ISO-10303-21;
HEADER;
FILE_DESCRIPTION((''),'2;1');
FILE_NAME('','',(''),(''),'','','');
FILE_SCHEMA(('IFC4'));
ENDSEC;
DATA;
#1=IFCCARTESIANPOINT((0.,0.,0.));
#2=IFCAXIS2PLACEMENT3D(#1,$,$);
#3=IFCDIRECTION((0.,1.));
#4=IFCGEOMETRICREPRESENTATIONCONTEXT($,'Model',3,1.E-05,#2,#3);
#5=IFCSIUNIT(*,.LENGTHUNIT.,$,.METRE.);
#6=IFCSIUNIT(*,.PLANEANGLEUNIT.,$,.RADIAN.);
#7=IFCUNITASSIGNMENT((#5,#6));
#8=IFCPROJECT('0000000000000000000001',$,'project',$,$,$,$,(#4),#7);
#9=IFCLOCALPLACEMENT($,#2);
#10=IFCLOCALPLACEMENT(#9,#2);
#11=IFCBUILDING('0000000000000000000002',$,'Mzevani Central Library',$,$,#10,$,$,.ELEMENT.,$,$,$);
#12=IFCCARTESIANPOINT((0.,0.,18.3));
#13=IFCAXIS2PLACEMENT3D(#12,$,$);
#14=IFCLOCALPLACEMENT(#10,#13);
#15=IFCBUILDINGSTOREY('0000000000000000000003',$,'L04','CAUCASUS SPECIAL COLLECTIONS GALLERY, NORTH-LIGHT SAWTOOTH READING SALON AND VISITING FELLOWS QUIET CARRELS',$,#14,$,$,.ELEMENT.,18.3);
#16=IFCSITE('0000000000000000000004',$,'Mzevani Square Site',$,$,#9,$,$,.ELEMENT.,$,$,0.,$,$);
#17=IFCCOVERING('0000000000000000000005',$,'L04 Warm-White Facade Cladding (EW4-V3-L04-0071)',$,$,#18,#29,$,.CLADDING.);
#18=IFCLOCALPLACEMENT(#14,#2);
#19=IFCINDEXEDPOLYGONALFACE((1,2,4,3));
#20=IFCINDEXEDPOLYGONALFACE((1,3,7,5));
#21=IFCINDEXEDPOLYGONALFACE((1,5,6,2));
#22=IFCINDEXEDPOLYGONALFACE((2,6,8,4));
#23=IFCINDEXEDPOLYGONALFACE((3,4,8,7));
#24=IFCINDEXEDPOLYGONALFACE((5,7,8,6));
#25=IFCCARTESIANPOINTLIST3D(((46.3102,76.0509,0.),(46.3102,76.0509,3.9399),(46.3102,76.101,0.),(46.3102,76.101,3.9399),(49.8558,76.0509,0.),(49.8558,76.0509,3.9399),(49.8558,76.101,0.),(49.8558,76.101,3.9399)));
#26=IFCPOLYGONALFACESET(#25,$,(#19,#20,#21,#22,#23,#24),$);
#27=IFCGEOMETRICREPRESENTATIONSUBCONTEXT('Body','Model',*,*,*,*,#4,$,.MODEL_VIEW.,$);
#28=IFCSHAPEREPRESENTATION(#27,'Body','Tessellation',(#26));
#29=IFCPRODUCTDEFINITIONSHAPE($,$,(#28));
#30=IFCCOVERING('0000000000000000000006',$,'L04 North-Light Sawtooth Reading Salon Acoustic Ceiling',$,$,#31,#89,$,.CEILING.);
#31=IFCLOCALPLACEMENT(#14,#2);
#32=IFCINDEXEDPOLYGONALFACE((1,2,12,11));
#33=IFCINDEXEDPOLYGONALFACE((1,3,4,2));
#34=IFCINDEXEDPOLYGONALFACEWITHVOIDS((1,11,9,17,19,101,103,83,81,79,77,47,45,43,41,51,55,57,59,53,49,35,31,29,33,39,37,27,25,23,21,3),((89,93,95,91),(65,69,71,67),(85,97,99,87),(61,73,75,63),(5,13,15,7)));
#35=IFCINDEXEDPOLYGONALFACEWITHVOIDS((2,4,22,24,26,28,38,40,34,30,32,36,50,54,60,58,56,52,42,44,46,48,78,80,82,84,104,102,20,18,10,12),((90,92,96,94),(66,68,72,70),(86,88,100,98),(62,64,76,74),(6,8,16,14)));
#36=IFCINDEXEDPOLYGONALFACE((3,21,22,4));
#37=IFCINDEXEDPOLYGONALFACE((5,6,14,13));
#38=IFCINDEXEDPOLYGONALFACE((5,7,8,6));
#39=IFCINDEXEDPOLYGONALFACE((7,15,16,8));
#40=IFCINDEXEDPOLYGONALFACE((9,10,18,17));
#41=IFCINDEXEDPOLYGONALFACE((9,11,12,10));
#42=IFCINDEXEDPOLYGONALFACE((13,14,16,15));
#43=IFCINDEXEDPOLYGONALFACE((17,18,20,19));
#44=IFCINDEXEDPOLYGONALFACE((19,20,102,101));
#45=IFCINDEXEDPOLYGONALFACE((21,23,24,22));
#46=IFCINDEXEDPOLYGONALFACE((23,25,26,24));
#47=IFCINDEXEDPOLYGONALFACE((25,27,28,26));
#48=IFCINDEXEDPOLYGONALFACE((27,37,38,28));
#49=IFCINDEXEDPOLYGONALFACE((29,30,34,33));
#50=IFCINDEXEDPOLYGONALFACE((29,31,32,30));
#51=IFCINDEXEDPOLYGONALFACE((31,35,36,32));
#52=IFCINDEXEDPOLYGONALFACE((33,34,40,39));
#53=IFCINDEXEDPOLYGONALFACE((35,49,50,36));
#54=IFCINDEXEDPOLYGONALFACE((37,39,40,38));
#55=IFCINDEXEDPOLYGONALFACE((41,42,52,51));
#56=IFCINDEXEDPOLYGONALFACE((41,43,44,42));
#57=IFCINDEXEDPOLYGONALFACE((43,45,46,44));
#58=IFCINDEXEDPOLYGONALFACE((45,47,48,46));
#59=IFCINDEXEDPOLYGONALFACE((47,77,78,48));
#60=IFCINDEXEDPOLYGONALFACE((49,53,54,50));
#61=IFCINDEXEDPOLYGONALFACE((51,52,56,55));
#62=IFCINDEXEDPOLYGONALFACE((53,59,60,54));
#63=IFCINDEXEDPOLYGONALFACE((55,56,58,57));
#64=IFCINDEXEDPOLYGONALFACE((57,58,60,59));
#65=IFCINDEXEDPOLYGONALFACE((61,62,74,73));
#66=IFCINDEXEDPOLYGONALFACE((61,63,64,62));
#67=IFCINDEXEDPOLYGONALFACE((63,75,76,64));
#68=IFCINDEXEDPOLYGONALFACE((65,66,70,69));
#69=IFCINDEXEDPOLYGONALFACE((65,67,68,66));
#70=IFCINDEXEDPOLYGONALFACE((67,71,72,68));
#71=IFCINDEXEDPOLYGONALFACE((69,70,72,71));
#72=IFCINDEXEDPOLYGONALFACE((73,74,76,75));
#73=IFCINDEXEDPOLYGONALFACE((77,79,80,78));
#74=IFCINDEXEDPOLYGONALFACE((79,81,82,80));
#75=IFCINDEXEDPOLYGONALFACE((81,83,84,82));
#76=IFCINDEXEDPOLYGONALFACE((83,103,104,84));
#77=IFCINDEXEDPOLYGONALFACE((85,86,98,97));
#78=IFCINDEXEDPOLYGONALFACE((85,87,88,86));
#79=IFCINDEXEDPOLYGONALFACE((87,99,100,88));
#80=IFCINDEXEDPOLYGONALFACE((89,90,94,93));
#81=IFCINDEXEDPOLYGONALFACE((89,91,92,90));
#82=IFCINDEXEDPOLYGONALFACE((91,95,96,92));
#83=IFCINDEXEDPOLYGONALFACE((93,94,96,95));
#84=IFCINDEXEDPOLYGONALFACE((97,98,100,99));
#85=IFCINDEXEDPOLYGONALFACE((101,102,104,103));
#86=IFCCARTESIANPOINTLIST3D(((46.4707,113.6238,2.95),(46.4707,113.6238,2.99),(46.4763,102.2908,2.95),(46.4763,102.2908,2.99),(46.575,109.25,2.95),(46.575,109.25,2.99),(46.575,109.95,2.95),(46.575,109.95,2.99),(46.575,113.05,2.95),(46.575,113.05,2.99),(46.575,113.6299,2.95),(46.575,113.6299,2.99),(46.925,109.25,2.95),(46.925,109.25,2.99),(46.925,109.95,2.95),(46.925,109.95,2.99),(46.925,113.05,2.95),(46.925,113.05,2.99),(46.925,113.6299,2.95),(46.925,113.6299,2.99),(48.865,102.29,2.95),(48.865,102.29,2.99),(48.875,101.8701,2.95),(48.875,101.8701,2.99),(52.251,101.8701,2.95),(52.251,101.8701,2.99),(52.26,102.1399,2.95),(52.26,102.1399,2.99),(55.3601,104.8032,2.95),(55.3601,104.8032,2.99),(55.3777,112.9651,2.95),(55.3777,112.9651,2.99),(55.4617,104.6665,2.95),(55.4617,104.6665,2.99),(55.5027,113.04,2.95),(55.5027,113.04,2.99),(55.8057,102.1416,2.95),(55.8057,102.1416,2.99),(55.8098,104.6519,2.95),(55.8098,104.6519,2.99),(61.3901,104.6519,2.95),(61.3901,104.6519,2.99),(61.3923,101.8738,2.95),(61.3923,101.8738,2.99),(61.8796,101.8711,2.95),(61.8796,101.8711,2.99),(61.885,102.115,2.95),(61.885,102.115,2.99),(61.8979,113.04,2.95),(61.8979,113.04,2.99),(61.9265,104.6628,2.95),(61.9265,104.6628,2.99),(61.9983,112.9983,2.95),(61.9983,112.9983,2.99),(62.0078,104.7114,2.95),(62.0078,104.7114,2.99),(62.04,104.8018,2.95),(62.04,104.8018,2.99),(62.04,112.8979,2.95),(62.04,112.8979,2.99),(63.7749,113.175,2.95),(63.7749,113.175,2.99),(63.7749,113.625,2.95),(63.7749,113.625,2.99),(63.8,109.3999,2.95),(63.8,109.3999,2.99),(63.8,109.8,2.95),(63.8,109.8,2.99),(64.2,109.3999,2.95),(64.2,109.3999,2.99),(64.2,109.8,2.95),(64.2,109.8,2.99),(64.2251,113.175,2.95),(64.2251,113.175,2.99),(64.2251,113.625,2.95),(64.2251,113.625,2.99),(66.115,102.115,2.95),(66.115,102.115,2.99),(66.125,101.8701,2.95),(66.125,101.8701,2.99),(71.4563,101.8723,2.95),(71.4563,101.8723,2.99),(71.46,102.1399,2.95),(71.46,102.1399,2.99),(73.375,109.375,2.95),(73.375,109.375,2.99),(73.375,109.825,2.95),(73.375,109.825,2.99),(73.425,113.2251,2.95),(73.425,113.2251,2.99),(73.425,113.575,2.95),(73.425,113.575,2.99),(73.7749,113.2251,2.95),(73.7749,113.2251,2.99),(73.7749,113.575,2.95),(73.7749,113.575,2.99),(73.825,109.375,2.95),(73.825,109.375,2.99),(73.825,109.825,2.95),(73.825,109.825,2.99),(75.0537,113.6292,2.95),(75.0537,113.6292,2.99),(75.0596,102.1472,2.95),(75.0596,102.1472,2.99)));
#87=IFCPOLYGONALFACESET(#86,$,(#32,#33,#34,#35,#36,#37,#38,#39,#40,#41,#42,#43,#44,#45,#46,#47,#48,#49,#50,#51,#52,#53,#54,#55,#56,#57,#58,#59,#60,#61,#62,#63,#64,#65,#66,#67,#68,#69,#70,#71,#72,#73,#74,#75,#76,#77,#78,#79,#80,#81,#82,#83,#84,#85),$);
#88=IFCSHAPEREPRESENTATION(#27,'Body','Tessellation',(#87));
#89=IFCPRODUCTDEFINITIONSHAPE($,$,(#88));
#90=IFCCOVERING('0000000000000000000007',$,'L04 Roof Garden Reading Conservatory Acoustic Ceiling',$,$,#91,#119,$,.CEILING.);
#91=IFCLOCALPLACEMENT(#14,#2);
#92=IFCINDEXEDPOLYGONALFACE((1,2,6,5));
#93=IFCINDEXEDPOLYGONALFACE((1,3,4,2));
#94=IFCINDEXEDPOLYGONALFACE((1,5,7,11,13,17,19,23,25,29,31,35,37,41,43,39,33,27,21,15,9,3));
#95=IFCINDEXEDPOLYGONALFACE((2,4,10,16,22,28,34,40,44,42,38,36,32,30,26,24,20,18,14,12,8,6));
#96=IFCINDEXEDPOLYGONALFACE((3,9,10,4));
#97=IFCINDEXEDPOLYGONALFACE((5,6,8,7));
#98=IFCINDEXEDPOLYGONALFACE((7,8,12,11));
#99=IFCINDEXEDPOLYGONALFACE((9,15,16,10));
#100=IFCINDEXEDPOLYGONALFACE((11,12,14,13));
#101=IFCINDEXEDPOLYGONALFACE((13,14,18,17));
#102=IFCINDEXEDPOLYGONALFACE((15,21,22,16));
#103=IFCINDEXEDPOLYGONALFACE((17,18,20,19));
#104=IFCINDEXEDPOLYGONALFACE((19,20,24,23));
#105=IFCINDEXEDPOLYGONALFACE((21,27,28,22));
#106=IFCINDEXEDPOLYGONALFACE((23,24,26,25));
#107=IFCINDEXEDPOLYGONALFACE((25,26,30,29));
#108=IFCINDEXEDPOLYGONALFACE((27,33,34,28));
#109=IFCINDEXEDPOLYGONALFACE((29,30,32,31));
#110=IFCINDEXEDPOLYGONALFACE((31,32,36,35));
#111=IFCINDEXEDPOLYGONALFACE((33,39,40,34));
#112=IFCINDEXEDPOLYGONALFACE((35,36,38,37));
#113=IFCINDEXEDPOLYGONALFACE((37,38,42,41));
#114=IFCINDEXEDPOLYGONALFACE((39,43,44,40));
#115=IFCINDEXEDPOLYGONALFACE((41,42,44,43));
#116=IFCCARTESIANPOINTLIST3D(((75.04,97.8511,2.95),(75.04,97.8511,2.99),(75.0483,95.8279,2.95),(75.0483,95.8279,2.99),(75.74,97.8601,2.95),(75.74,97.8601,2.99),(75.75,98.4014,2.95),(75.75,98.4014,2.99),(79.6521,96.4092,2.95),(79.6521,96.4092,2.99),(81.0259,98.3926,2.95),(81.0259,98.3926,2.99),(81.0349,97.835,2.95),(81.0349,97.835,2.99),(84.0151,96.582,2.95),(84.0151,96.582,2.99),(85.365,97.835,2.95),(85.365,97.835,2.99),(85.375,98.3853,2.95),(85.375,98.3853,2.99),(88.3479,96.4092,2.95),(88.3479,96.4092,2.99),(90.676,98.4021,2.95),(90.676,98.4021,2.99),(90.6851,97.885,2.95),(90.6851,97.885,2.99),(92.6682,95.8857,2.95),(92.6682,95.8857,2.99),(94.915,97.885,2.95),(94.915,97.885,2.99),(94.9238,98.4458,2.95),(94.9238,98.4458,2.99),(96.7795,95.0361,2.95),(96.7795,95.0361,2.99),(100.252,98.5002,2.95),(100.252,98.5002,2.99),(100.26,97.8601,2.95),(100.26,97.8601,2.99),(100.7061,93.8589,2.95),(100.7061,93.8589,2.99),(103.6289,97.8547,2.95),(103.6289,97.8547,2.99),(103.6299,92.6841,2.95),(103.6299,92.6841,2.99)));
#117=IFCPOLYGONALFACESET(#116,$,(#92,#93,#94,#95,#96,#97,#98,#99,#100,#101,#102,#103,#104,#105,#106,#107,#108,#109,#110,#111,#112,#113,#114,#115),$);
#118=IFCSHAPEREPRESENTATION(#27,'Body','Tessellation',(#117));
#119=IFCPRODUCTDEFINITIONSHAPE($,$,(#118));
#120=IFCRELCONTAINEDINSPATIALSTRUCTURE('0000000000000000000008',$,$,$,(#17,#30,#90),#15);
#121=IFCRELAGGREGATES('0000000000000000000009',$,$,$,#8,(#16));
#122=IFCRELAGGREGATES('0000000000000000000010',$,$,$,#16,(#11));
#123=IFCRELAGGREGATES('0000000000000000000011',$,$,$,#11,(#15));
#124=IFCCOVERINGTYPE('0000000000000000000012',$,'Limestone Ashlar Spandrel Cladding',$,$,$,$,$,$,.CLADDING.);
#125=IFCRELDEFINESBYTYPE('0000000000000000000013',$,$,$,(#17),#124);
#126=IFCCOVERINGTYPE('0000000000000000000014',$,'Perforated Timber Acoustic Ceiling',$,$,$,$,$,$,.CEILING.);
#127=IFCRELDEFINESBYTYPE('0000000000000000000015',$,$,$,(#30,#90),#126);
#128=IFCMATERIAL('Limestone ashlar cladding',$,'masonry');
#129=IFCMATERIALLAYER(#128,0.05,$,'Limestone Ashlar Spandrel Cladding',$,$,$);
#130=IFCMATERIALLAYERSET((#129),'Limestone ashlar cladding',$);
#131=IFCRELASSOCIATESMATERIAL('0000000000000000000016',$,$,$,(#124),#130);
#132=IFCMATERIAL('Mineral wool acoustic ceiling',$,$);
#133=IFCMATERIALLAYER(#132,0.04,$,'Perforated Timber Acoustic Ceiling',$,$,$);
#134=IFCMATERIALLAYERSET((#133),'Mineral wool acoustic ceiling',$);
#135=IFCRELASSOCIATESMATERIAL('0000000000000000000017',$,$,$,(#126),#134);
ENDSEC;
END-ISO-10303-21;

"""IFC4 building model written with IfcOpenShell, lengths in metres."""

from ifc_helpers import new_model, si_unit, direction, frame, origin, origin_2d, place, context, subcontext, project, spatial, polyline, rectangle, outline, extrude, material, layer, layer_set, type_object, element, save


model = new_model("IFC4")

# Units and contexts
model_context = context("Model", 3, precision=1e-05, world=origin(), true_north=direction((0.0, 1.0)))
body_context = subcontext(model_context, "Body", "Model", "MODEL_VIEW")
ifc_project = project(units=[si_unit("LENGTHUNIT", "METRE"), si_unit("PLANEANGLEUNIT", "RADIAN")], contexts=[model_context])

# Site, building, storey
site_placement = place(None, origin())
site = spatial("IfcSite", under=ifc_project, at=site_placement, Name="Mzevani Square Site", CompositionType="ELEMENT", RefElevation=0.0)
building_placement = place(site_placement, origin())
building = spatial("IfcBuilding", under=site, at=building_placement, Name="Mzevani Central Library", CompositionType="ELEMENT")
storey_placement = place(building_placement, frame((0.0, 0.0, 18.3)))
storey = spatial("IfcBuildingStorey", under=building, at=storey_placement, Name="L04", Description="CAUCASUS SPECIAL COLLECTIONS GALLERY, NORTH-LIGHT SAWTOOTH READING SALON AND VISITING FELLOWS QUIET CARRELS", CompositionType="ELEMENT", Elevation=18.3)

# Coverings
ifc_material_1 = material(Name="Limestone ashlar cladding", Category="masonry")
ifc_layer_1 = layer(ifc_material_1, 0.05, Name="Limestone Ashlar Spandrel Cladding")
ifc_layer_set_1 = layer_set([ifc_layer_1], Name="Limestone ashlar cladding")
covering_type_1 = type_object("IfcCoveringType", Name="Limestone Ashlar Spandrel Cladding", PredefinedType="CLADDING", material=ifc_layer_set_1)
covering_1_placement = place(storey_placement, frame((48.083, 76.0759, 0.0), z_axis=(0.0, 0.0, 1.0), x_axis=(-1.0, 0.0, 0.0)))
element("IfcCovering", 1, at=covering_1_placement, inside=storey, type_object=covering_type_1, Name="L04 Warm-White Facade Cladding (EW4-V3-L04-0071)", PredefinedType="CLADDING", context=body_context, shape_type="SweptSolid", body=[
    extrude(rectangle(XDim=3.5457, YDim=0.05, at=origin_2d()), origin(), (0.0, 0.0, 1.0), 3.9399),
])
ifc_material_2 = material(Name="Mineral wool acoustic ceiling")
ifc_layer_2 = layer(ifc_material_2, 0.04, Name="Perforated Timber Acoustic Ceiling")
ifc_layer_set_2 = layer_set([ifc_layer_2], Name="Mineral wool acoustic ceiling")
covering_type_2 = type_object("IfcCoveringType", Name="Perforated Timber Acoustic Ceiling", PredefinedType="CEILING", material=ifc_layer_set_2)
covering_2_placement = place(storey_placement, frame((0.0, 0.0, 2.95)))
element("IfcCovering", 2, at=covering_2_placement, inside=storey, type_object=covering_type_2, Name="L04 North-Light Sawtooth Reading Salon Acoustic Ceiling", PredefinedType="CEILING", context=body_context, shape_type="SweptSolid", body=[
    extrude(outline(polyline([(71.4563, 101.8723), (66.125, 101.8701), (66.115, 102.115), (61.885, 102.115), (61.8796, 101.8711), (61.3923, 101.8738), (61.3901, 104.6519), (61.9265, 104.6628), (62.0078, 104.7114), (62.04, 104.8018), (62.04, 112.8979), (61.9983, 112.9983), (61.8979, 113.04), (55.5027, 113.04), (55.3777, 112.9651), (55.3601, 104.8032), (55.4617, 104.6665), (55.8098, 104.6519), (55.8057, 102.1416), (52.26, 102.1399), (52.251, 101.8701), (48.875, 101.8701), (48.865, 102.29), (46.4763, 102.2908), (46.4707, 113.6238), (46.575, 113.6299), (46.575, 113.05), (46.925, 113.05), (46.925, 113.6299), (75.0537, 113.6292), (75.0596, 102.1472), (71.46, 102.1399), (71.4563, 101.8723)]), holes=[polyline([(46.575, 109.95), (46.575, 109.25), (46.925, 109.25), (46.925, 109.95), (46.575, 109.95)]), polyline([(64.2, 109.3999), (64.2, 109.8), (63.8, 109.8), (63.8, 109.3999), (64.2, 109.3999)]), polyline([(63.7749, 113.175), (64.2251, 113.175), (64.2251, 113.625), (63.7749, 113.625), (63.7749, 113.175)]), polyline([(73.375, 109.825), (73.375, 109.375), (73.825, 109.375), (73.825, 109.825), (73.375, 109.825)]), polyline([(73.7749, 113.575), (73.425, 113.575), (73.425, 113.2251), (73.7749, 113.2251), (73.7749, 113.575)])]), origin(), (0.0, 0.0, 1.0), 0.04),
])
covering_3_placement = place(storey_placement, frame((0.0, 0.0, 2.95)))
element("IfcCovering", 3, at=covering_3_placement, inside=storey, type_object=covering_type_2, Name="L04 Roof Garden Reading Conservatory Acoustic Ceiling", PredefinedType="CEILING", context=body_context, shape_type="SweptSolid", body=[
    extrude(outline(polyline([(84.0151, 96.582), (79.6521, 96.4092), (75.0483, 95.8279), (75.04, 97.8511), (75.74, 97.8601), (75.75, 98.4014), (81.0259, 98.3926), (81.0349, 97.835), (85.365, 97.835), (85.375, 98.3853), (90.676, 98.4021), (90.6851, 97.885), (94.915, 97.885), (94.9238, 98.4458), (100.252, 98.5002), (100.26, 97.8601), (103.6289, 97.8547), (103.6299, 92.6841), (100.7061, 93.8589), (96.7795, 95.0361), (92.6682, 95.8857), (88.3479, 96.4092), (84.0151, 96.582)])), origin(), (0.0, 0.0, 1.0), 0.04),
])

save(model, "model.ifc")
